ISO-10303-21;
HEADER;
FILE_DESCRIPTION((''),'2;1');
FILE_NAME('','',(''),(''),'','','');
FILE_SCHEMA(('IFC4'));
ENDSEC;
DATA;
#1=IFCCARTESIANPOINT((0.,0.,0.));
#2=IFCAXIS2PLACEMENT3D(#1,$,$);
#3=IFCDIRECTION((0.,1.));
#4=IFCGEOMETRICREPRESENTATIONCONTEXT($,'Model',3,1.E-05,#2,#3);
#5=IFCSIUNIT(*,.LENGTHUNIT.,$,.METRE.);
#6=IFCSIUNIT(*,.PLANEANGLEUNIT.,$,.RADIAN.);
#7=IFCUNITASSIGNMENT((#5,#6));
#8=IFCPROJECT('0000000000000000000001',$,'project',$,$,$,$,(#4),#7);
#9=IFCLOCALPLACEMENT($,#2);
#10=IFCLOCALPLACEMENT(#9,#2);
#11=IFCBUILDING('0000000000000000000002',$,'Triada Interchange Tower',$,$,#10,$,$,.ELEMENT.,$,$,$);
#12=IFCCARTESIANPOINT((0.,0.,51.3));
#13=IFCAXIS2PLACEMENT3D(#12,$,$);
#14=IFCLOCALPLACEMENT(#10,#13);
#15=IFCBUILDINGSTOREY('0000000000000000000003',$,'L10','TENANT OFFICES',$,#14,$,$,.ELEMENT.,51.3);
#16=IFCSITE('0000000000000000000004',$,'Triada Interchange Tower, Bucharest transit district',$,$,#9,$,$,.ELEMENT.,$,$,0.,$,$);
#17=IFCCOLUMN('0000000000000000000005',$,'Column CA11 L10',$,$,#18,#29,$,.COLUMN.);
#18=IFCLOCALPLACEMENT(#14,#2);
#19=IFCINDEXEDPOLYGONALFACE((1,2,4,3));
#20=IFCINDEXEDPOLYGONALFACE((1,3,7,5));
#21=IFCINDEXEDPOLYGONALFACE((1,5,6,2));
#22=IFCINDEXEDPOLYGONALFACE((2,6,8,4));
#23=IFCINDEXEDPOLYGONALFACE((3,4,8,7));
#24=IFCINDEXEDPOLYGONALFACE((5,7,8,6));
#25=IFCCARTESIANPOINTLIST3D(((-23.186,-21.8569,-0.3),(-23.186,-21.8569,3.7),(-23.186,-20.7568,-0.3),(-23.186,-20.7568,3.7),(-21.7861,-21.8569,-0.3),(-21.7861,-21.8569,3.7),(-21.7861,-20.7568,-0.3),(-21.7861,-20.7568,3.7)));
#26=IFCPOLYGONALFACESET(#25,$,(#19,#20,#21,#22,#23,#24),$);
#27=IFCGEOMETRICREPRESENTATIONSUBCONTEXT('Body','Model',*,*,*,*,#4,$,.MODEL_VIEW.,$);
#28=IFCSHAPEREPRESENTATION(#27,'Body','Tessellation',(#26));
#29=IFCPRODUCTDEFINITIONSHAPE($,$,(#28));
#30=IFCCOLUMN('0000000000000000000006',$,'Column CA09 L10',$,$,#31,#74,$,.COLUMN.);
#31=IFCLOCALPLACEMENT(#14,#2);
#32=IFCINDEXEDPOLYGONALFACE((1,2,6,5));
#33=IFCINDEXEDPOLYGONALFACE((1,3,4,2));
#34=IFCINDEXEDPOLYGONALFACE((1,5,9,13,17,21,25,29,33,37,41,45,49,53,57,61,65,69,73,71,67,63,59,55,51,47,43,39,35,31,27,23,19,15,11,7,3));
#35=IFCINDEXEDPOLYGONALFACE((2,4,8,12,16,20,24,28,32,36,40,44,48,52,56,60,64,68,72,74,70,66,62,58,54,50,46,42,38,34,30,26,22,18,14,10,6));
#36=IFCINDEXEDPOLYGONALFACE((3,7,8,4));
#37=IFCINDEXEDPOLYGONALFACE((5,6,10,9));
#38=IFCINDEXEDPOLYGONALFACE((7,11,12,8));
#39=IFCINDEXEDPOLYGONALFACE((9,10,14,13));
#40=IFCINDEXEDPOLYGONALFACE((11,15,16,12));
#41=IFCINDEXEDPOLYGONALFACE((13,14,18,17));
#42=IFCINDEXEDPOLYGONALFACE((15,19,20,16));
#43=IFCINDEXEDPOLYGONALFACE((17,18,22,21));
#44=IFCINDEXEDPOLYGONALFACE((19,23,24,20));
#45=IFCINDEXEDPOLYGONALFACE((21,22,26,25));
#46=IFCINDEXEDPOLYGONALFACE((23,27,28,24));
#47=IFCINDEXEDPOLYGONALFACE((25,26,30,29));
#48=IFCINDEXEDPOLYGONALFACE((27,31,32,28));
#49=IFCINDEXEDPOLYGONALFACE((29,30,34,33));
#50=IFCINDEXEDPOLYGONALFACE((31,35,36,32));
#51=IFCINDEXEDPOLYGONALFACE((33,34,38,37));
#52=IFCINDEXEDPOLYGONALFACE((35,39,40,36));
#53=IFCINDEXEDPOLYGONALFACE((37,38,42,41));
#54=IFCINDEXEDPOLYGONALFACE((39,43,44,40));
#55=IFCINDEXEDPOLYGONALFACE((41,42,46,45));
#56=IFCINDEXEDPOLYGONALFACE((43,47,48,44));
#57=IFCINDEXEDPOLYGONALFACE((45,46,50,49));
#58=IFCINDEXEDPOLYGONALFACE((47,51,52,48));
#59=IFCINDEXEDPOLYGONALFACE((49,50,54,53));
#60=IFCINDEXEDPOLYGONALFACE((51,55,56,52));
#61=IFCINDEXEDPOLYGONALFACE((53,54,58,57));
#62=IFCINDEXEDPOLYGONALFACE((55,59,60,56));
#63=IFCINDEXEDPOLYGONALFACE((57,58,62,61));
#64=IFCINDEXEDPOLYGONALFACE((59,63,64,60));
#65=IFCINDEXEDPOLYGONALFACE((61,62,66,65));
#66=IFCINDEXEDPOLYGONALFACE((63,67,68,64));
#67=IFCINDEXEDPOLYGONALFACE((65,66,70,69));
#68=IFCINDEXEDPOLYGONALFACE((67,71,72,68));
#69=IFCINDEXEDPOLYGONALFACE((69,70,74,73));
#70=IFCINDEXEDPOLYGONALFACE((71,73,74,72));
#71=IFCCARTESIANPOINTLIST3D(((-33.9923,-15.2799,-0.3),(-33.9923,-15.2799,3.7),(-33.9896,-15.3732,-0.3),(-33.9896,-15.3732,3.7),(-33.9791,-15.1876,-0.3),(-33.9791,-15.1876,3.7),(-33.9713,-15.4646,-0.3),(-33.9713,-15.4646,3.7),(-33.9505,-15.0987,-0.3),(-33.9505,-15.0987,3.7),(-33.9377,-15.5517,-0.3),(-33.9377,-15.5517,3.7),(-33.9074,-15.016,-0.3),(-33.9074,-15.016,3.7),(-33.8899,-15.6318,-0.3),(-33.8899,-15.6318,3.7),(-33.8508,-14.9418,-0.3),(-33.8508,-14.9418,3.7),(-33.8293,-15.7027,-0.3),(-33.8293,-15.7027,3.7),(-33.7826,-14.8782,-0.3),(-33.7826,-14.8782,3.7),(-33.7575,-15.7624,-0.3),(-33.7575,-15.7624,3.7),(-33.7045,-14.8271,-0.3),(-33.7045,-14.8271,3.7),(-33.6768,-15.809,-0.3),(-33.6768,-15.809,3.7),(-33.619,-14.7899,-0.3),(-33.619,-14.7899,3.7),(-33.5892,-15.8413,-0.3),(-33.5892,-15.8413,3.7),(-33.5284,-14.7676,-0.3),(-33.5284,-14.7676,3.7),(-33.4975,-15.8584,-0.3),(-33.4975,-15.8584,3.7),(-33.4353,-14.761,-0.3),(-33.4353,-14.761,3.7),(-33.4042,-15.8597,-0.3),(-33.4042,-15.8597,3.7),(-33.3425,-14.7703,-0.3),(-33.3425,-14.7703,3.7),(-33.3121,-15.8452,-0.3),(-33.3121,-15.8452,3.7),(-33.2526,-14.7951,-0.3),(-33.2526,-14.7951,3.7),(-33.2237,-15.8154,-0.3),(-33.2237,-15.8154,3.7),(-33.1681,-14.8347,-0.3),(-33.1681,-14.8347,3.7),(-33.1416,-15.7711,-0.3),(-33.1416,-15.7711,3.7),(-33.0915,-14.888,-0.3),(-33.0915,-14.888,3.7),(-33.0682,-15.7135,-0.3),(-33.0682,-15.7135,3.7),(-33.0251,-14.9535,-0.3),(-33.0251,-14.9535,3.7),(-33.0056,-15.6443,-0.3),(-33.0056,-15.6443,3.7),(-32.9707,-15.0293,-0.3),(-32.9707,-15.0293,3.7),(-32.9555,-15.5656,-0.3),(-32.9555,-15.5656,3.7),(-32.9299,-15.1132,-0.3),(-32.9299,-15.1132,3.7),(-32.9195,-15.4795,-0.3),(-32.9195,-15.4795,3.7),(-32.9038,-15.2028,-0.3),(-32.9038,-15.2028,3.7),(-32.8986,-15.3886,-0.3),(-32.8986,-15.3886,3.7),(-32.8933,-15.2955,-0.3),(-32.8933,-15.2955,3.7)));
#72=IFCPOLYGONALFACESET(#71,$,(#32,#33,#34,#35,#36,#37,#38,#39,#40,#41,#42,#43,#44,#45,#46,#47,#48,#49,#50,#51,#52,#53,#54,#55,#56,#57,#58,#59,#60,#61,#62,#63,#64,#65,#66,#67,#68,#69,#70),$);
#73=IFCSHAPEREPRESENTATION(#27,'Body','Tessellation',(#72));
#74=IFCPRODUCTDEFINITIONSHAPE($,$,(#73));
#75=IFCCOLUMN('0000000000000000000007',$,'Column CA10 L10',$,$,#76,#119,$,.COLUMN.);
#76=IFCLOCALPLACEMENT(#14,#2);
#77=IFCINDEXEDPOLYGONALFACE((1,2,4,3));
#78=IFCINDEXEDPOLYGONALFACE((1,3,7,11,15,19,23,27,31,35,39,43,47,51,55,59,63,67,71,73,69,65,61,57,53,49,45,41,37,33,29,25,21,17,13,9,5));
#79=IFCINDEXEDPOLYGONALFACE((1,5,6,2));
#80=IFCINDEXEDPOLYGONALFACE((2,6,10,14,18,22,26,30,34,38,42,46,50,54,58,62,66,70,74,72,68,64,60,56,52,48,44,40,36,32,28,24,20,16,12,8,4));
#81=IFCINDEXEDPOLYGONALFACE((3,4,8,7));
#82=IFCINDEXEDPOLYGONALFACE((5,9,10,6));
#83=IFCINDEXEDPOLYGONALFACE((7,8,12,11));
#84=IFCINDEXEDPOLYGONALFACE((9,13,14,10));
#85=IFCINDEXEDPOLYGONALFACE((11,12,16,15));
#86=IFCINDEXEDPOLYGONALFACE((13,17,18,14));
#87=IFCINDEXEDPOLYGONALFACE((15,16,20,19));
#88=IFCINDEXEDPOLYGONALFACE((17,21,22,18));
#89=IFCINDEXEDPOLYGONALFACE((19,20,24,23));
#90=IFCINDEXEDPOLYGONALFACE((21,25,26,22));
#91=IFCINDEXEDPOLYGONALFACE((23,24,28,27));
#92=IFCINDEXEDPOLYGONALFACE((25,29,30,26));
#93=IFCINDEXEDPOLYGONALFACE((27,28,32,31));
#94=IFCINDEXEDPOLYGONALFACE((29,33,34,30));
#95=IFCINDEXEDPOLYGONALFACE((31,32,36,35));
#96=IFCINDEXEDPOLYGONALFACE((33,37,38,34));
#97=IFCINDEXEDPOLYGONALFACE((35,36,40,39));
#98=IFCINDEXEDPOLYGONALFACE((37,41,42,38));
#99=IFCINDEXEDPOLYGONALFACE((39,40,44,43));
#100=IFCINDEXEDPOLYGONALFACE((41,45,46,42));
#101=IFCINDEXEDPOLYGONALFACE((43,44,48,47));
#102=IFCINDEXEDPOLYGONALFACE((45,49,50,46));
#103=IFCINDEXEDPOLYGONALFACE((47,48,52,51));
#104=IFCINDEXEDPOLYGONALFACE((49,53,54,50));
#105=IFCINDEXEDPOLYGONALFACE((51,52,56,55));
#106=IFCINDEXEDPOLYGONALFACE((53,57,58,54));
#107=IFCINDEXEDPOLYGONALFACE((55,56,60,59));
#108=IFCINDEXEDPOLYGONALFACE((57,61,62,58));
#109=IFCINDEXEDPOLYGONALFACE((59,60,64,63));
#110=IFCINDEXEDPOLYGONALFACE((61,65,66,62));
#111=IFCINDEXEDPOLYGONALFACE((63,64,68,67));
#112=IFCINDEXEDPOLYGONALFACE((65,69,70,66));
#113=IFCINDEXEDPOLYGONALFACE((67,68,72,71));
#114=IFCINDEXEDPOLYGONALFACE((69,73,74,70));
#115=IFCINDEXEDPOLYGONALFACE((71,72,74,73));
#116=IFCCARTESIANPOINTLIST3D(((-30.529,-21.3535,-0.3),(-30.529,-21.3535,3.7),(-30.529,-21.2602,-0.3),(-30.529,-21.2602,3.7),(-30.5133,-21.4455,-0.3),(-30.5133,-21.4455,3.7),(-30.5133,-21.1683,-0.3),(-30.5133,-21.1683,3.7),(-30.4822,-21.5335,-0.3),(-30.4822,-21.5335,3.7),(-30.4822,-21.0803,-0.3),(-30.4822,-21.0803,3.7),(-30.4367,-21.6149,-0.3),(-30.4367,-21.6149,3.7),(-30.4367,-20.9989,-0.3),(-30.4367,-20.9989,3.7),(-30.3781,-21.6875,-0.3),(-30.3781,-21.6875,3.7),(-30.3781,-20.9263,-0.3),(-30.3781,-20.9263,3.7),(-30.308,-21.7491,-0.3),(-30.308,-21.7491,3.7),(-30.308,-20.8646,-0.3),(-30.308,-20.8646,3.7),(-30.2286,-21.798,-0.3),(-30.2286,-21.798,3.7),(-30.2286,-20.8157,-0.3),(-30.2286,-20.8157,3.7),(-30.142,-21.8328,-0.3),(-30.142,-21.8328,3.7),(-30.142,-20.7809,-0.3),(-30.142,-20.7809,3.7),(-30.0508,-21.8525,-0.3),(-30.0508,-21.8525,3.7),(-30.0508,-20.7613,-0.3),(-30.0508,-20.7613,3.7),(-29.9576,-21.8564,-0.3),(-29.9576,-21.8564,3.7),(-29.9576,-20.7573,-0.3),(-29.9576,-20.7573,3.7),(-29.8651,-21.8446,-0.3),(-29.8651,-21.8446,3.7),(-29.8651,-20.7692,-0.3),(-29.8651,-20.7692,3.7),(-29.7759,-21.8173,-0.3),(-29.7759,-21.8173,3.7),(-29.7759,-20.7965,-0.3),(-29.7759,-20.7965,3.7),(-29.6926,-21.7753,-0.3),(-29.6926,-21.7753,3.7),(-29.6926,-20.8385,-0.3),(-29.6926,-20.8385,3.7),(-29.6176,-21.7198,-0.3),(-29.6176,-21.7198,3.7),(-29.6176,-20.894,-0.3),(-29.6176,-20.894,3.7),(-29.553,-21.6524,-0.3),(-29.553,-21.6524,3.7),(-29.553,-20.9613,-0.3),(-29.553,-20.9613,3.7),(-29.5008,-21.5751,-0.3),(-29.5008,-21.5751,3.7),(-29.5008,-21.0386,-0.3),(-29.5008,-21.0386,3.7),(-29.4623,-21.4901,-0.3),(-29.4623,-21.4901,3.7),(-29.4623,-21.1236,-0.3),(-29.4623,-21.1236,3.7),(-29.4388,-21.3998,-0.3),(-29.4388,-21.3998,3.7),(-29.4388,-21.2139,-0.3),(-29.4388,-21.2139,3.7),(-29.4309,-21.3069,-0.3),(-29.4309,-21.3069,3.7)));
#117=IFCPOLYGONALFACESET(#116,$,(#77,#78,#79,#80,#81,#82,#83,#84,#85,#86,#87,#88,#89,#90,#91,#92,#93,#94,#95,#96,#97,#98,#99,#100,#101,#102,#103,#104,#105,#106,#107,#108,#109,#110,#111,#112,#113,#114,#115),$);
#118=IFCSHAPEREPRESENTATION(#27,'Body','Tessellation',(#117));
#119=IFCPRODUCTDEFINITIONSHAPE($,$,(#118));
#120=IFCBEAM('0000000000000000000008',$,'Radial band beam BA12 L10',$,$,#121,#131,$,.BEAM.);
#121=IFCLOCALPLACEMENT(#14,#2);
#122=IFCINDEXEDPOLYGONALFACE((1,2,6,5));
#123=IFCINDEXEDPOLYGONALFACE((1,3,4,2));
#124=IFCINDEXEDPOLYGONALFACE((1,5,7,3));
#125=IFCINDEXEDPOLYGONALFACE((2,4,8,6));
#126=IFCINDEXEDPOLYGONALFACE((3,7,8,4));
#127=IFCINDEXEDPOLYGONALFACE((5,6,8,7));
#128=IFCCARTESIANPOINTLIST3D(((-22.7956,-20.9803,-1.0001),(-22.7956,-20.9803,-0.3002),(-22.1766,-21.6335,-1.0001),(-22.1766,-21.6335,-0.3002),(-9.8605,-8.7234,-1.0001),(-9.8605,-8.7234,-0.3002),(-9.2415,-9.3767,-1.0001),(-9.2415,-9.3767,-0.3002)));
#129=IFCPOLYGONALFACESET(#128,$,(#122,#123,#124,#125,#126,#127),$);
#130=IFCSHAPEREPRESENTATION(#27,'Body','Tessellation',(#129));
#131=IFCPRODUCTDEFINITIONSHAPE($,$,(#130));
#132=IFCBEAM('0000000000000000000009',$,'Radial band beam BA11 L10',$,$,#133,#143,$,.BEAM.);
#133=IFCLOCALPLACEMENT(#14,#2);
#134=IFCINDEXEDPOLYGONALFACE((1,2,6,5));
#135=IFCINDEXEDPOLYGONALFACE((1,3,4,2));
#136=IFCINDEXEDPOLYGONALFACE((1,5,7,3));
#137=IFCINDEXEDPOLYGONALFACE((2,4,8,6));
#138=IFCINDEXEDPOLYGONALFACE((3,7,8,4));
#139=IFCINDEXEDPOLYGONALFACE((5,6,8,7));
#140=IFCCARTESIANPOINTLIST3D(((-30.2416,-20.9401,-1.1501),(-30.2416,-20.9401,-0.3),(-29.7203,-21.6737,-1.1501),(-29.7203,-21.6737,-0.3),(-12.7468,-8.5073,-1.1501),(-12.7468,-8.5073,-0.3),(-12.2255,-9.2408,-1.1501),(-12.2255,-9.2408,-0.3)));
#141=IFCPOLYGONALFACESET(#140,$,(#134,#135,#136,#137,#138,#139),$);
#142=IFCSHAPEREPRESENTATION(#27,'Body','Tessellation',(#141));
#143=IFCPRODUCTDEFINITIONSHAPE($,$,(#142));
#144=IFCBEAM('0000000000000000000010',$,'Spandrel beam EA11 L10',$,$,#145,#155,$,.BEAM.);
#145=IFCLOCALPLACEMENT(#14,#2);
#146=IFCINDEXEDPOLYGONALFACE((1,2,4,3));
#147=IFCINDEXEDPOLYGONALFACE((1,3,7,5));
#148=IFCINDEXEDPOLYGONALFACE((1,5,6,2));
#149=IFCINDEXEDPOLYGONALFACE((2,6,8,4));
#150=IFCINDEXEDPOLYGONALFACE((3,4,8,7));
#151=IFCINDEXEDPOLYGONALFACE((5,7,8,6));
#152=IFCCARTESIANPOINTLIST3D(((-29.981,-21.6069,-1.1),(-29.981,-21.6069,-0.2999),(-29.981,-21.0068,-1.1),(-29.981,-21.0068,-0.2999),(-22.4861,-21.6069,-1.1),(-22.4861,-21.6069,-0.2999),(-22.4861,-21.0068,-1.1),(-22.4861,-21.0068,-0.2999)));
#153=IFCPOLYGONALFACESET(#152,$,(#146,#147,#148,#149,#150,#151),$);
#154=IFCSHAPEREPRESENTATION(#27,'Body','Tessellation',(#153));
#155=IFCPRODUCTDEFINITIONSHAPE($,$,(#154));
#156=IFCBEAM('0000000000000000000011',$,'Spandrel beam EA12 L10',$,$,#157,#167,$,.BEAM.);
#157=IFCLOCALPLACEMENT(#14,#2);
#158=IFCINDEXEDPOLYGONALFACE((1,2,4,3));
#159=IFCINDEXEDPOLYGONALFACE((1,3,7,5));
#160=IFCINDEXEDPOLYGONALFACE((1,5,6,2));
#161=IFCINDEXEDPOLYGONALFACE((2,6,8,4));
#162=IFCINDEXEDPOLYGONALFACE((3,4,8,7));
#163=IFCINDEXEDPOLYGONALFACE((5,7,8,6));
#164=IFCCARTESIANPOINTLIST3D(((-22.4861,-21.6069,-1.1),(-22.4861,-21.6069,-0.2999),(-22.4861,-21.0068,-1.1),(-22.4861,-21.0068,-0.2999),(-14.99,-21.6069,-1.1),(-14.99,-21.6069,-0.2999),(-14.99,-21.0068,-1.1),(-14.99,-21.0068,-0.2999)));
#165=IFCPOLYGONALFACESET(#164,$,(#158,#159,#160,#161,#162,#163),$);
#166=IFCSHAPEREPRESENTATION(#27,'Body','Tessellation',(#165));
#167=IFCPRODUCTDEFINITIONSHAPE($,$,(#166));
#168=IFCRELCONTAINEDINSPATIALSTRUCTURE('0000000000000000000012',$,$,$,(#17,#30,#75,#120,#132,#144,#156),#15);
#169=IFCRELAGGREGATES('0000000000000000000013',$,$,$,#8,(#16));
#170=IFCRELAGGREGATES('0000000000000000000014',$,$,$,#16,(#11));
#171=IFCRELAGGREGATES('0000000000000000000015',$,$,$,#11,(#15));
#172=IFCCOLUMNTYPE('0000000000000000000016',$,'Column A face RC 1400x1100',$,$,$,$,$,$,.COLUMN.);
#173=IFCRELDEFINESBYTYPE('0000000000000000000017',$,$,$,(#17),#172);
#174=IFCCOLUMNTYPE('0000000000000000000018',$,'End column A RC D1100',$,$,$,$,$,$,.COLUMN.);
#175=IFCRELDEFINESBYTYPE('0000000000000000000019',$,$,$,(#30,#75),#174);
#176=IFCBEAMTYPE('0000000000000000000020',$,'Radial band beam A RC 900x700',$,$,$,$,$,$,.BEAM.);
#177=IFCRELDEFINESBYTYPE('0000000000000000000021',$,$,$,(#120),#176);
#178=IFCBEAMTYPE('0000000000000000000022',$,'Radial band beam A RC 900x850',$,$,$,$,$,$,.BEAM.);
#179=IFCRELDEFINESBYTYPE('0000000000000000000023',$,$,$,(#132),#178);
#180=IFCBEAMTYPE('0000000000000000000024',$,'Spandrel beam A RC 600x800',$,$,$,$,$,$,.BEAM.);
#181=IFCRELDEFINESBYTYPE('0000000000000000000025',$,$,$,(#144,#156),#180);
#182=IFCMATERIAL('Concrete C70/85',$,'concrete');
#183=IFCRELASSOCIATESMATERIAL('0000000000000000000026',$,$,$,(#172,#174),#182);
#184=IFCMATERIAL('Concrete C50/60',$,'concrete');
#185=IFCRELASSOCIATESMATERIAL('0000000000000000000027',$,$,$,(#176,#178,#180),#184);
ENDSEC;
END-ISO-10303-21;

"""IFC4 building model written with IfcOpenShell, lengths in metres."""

from ifc_helpers import new_model, si_unit, direction, frame, origin, origin_2d, place, context, subcontext, project, spatial, rectangle, circle, extrude, material, material_profile, profile_set, type_object, element, save


model = new_model("IFC4")

# Units and contexts
model_context = context("Model", 3, precision=1e-05, world=origin(), true_north=direction((0.0, 1.0)))
body_context = subcontext(model_context, "Body", "Model", "MODEL_VIEW")
ifc_project = project(units=[si_unit("LENGTHUNIT", "METRE"), si_unit("PLANEANGLEUNIT", "RADIAN")], contexts=[model_context])

# Site, building, storey
site_placement = place(None, origin())
site = spatial("IfcSite", under=ifc_project, at=site_placement, Name="Triada Interchange Tower, Bucharest transit district", CompositionType="ELEMENT", RefElevation=0.0)
building_placement = place(site_placement, origin())
building = spatial("IfcBuilding", under=site, at=building_placement, Name="Triada Interchange Tower", CompositionType="ELEMENT")
storey_placement = place(building_placement, frame((0.0, 0.0, 51.3)))
storey = spatial("IfcBuildingStorey", under=building, at=storey_placement, Name="L10", Description="TENANT OFFICES", CompositionType="ELEMENT", Elevation=51.3)

# Columns
ifc_material_1 = material(Name="Concrete C70/85", Category="concrete")
ifc_material_profile_1 = material_profile(ifc_material_1, rectangle(XDim=1.3999, YDim=1.1001, at=origin_2d()), Name="RC 1400x1100")
ifc_profile_set_1 = profile_set([ifc_material_profile_1], Name="Concrete C70/85")
column_type_1 = type_object("IfcColumnType", Name="Column A face RC 1400x1100", PredefinedType="COLUMN", material=ifc_profile_set_1)
column_placement = place(storey_placement, frame((-22.4861, -21.3069, -0.3), z_axis=(0.0, 0.0, 1.0), x_axis=(1.0, 0.0, 0.0)))
element("IfcColumn", 1, at=column_placement, inside=storey, type_object=column_type_1, Name="Column CA11 L10", PredefinedType="COLUMN", context=body_context, shape_type="SweptSolid", body=[
    extrude(rectangle(XDim=1.3999, YDim=1.1001, at=origin_2d()), origin(), (0.0, 0.0, 1.0), 4.0),
])
ifc_material_profile_2 = material_profile(ifc_material_1, circle(Radius=0.55, at=origin_2d()), Name="RC D1100")
ifc_profile_set_2 = profile_set([ifc_material_profile_2], Name="Concrete C70/85")
column_type_2 = type_object("IfcColumnType", Name="End column A RC D1100", PredefinedType="COLUMN", material=ifc_profile_set_2)
for number, where, z_axis, x_axis, name in (
    (2, (-33.4431, -15.311, -0.3), (0.0, 0.0, 1.0), (0.5, 0.866025, 0.0), "Column CA09 L10"),
    (3, (-29.981, -21.3069, -0.3), (0.0, 0.0, 1.0), (1.0, 0.0, 0.0), "Column CA10 L10"),
):
    element("IfcColumn", number, at=place(storey_placement, frame(where, z_axis=z_axis, x_axis=x_axis)), inside=storey, type_object=column_type_2, Name=name, PredefinedType="COLUMN", context=body_context, shape_type="SweptSolid", body=[
        extrude(circle(Radius=0.55, at=origin_2d()), origin(), (0.0, 0.0, 1.0), 4.0),
    ])

# Beams
ifc_material_2 = material(Name="Concrete C50/60", Category="concrete")
ifc_material_profile_3 = material_profile(ifc_material_2, rectangle(XDim=0.8999, YDim=0.7, at=origin_2d()), Name="RC 900x700")
ifc_profile_set_3 = profile_set([ifc_material_profile_3], Name="Concrete C50/60")
beam_type_1 = type_object("IfcBeamType", Name="Radial band beam A RC 900x700", PredefinedType="BEAM", material=ifc_profile_set_3)
beam_1_placement = place(storey_placement, frame((-22.4861, -21.3069, -0.6501), z_axis=(0.725881, 0.687821, 0.0), x_axis=(-0.687821, 0.725881, 0.0)))
element("IfcBeam", 4, at=beam_1_placement, inside=storey, type_object=beam_type_1, Name="Radial band beam BA12 L10", PredefinedType="BEAM", context=body_context, shape_type="SweptSolid", body=[
    extrude(rectangle(XDim=0.8999, YDim=0.7, at=origin_2d()), origin(), (0.0, 0.0, 1.0), 17.8198),
])
ifc_material_profile_4 = material_profile(ifc_material_2, rectangle(XDim=0.8999, YDim=0.8501, at=origin_2d()), Name="RC 900x850")
ifc_profile_set_4 = profile_set([ifc_material_profile_4], Name="Concrete C50/60")
beam_type_2 = type_object("IfcBeamType", Name="Radial band beam A RC 900x850", PredefinedType="BEAM", material=ifc_profile_set_4)
beam_2_placement = place(storey_placement, frame((-29.981, -21.3069, -0.7251), z_axis=(0.81513, 0.579278, 0.0), x_axis=(-0.579278, 0.81513, 0.0)))
element("IfcBeam", 5, at=beam_2_placement, inside=storey, type_object=beam_type_2, Name="Radial band beam BA11 L10", PredefinedType="BEAM", context=body_context, shape_type="SweptSolid", body=[
    extrude(rectangle(XDim=0.8999, YDim=0.8501, at=origin_2d()), origin(), (0.0, 0.0, 1.0), 21.4626),
])
ifc_material_profile_5 = material_profile(ifc_material_2, rectangle(XDim=0.6001, YDim=0.8, at=origin_2d()), Name="RC 600x800")
ifc_profile_set_5 = profile_set([ifc_material_profile_5], Name="Concrete C50/60")
beam_type_3 = type_object("IfcBeamType", Name="Spandrel beam A RC 600x800", PredefinedType="BEAM", material=ifc_profile_set_5)
beam_3_placement = place(storey_placement, frame((-29.981, -21.3069, -0.7), z_axis=(1.0, 0.0, 0.0), x_axis=(0.0, 1.0, 0.0)))
element("IfcBeam", 6, at=beam_3_placement, inside=storey, type_object=beam_type_3, Name="Spandrel beam EA11 L10", PredefinedType="BEAM", context=body_context, shape_type="SweptSolid", body=[
    extrude(rectangle(XDim=0.6001, YDim=0.8, at=origin_2d()), origin(), (0.0, 0.0, 1.0), 7.4949),
])
beam_4_placement = place(storey_placement, frame((-22.4861, -21.3069, -0.7), z_axis=(1.0, 0.0, 0.0), x_axis=(0.0, 1.0, 0.0)))
element("IfcBeam", 7, at=beam_4_placement, inside=storey, type_object=beam_type_3, Name="Spandrel beam EA12 L10", PredefinedType="BEAM", context=body_context, shape_type="SweptSolid", body=[
    extrude(rectangle(XDim=0.6001, YDim=0.8, at=origin_2d()), origin(), (0.0, 0.0, 1.0), 7.4961),
])

save(model, "model.ifc")
